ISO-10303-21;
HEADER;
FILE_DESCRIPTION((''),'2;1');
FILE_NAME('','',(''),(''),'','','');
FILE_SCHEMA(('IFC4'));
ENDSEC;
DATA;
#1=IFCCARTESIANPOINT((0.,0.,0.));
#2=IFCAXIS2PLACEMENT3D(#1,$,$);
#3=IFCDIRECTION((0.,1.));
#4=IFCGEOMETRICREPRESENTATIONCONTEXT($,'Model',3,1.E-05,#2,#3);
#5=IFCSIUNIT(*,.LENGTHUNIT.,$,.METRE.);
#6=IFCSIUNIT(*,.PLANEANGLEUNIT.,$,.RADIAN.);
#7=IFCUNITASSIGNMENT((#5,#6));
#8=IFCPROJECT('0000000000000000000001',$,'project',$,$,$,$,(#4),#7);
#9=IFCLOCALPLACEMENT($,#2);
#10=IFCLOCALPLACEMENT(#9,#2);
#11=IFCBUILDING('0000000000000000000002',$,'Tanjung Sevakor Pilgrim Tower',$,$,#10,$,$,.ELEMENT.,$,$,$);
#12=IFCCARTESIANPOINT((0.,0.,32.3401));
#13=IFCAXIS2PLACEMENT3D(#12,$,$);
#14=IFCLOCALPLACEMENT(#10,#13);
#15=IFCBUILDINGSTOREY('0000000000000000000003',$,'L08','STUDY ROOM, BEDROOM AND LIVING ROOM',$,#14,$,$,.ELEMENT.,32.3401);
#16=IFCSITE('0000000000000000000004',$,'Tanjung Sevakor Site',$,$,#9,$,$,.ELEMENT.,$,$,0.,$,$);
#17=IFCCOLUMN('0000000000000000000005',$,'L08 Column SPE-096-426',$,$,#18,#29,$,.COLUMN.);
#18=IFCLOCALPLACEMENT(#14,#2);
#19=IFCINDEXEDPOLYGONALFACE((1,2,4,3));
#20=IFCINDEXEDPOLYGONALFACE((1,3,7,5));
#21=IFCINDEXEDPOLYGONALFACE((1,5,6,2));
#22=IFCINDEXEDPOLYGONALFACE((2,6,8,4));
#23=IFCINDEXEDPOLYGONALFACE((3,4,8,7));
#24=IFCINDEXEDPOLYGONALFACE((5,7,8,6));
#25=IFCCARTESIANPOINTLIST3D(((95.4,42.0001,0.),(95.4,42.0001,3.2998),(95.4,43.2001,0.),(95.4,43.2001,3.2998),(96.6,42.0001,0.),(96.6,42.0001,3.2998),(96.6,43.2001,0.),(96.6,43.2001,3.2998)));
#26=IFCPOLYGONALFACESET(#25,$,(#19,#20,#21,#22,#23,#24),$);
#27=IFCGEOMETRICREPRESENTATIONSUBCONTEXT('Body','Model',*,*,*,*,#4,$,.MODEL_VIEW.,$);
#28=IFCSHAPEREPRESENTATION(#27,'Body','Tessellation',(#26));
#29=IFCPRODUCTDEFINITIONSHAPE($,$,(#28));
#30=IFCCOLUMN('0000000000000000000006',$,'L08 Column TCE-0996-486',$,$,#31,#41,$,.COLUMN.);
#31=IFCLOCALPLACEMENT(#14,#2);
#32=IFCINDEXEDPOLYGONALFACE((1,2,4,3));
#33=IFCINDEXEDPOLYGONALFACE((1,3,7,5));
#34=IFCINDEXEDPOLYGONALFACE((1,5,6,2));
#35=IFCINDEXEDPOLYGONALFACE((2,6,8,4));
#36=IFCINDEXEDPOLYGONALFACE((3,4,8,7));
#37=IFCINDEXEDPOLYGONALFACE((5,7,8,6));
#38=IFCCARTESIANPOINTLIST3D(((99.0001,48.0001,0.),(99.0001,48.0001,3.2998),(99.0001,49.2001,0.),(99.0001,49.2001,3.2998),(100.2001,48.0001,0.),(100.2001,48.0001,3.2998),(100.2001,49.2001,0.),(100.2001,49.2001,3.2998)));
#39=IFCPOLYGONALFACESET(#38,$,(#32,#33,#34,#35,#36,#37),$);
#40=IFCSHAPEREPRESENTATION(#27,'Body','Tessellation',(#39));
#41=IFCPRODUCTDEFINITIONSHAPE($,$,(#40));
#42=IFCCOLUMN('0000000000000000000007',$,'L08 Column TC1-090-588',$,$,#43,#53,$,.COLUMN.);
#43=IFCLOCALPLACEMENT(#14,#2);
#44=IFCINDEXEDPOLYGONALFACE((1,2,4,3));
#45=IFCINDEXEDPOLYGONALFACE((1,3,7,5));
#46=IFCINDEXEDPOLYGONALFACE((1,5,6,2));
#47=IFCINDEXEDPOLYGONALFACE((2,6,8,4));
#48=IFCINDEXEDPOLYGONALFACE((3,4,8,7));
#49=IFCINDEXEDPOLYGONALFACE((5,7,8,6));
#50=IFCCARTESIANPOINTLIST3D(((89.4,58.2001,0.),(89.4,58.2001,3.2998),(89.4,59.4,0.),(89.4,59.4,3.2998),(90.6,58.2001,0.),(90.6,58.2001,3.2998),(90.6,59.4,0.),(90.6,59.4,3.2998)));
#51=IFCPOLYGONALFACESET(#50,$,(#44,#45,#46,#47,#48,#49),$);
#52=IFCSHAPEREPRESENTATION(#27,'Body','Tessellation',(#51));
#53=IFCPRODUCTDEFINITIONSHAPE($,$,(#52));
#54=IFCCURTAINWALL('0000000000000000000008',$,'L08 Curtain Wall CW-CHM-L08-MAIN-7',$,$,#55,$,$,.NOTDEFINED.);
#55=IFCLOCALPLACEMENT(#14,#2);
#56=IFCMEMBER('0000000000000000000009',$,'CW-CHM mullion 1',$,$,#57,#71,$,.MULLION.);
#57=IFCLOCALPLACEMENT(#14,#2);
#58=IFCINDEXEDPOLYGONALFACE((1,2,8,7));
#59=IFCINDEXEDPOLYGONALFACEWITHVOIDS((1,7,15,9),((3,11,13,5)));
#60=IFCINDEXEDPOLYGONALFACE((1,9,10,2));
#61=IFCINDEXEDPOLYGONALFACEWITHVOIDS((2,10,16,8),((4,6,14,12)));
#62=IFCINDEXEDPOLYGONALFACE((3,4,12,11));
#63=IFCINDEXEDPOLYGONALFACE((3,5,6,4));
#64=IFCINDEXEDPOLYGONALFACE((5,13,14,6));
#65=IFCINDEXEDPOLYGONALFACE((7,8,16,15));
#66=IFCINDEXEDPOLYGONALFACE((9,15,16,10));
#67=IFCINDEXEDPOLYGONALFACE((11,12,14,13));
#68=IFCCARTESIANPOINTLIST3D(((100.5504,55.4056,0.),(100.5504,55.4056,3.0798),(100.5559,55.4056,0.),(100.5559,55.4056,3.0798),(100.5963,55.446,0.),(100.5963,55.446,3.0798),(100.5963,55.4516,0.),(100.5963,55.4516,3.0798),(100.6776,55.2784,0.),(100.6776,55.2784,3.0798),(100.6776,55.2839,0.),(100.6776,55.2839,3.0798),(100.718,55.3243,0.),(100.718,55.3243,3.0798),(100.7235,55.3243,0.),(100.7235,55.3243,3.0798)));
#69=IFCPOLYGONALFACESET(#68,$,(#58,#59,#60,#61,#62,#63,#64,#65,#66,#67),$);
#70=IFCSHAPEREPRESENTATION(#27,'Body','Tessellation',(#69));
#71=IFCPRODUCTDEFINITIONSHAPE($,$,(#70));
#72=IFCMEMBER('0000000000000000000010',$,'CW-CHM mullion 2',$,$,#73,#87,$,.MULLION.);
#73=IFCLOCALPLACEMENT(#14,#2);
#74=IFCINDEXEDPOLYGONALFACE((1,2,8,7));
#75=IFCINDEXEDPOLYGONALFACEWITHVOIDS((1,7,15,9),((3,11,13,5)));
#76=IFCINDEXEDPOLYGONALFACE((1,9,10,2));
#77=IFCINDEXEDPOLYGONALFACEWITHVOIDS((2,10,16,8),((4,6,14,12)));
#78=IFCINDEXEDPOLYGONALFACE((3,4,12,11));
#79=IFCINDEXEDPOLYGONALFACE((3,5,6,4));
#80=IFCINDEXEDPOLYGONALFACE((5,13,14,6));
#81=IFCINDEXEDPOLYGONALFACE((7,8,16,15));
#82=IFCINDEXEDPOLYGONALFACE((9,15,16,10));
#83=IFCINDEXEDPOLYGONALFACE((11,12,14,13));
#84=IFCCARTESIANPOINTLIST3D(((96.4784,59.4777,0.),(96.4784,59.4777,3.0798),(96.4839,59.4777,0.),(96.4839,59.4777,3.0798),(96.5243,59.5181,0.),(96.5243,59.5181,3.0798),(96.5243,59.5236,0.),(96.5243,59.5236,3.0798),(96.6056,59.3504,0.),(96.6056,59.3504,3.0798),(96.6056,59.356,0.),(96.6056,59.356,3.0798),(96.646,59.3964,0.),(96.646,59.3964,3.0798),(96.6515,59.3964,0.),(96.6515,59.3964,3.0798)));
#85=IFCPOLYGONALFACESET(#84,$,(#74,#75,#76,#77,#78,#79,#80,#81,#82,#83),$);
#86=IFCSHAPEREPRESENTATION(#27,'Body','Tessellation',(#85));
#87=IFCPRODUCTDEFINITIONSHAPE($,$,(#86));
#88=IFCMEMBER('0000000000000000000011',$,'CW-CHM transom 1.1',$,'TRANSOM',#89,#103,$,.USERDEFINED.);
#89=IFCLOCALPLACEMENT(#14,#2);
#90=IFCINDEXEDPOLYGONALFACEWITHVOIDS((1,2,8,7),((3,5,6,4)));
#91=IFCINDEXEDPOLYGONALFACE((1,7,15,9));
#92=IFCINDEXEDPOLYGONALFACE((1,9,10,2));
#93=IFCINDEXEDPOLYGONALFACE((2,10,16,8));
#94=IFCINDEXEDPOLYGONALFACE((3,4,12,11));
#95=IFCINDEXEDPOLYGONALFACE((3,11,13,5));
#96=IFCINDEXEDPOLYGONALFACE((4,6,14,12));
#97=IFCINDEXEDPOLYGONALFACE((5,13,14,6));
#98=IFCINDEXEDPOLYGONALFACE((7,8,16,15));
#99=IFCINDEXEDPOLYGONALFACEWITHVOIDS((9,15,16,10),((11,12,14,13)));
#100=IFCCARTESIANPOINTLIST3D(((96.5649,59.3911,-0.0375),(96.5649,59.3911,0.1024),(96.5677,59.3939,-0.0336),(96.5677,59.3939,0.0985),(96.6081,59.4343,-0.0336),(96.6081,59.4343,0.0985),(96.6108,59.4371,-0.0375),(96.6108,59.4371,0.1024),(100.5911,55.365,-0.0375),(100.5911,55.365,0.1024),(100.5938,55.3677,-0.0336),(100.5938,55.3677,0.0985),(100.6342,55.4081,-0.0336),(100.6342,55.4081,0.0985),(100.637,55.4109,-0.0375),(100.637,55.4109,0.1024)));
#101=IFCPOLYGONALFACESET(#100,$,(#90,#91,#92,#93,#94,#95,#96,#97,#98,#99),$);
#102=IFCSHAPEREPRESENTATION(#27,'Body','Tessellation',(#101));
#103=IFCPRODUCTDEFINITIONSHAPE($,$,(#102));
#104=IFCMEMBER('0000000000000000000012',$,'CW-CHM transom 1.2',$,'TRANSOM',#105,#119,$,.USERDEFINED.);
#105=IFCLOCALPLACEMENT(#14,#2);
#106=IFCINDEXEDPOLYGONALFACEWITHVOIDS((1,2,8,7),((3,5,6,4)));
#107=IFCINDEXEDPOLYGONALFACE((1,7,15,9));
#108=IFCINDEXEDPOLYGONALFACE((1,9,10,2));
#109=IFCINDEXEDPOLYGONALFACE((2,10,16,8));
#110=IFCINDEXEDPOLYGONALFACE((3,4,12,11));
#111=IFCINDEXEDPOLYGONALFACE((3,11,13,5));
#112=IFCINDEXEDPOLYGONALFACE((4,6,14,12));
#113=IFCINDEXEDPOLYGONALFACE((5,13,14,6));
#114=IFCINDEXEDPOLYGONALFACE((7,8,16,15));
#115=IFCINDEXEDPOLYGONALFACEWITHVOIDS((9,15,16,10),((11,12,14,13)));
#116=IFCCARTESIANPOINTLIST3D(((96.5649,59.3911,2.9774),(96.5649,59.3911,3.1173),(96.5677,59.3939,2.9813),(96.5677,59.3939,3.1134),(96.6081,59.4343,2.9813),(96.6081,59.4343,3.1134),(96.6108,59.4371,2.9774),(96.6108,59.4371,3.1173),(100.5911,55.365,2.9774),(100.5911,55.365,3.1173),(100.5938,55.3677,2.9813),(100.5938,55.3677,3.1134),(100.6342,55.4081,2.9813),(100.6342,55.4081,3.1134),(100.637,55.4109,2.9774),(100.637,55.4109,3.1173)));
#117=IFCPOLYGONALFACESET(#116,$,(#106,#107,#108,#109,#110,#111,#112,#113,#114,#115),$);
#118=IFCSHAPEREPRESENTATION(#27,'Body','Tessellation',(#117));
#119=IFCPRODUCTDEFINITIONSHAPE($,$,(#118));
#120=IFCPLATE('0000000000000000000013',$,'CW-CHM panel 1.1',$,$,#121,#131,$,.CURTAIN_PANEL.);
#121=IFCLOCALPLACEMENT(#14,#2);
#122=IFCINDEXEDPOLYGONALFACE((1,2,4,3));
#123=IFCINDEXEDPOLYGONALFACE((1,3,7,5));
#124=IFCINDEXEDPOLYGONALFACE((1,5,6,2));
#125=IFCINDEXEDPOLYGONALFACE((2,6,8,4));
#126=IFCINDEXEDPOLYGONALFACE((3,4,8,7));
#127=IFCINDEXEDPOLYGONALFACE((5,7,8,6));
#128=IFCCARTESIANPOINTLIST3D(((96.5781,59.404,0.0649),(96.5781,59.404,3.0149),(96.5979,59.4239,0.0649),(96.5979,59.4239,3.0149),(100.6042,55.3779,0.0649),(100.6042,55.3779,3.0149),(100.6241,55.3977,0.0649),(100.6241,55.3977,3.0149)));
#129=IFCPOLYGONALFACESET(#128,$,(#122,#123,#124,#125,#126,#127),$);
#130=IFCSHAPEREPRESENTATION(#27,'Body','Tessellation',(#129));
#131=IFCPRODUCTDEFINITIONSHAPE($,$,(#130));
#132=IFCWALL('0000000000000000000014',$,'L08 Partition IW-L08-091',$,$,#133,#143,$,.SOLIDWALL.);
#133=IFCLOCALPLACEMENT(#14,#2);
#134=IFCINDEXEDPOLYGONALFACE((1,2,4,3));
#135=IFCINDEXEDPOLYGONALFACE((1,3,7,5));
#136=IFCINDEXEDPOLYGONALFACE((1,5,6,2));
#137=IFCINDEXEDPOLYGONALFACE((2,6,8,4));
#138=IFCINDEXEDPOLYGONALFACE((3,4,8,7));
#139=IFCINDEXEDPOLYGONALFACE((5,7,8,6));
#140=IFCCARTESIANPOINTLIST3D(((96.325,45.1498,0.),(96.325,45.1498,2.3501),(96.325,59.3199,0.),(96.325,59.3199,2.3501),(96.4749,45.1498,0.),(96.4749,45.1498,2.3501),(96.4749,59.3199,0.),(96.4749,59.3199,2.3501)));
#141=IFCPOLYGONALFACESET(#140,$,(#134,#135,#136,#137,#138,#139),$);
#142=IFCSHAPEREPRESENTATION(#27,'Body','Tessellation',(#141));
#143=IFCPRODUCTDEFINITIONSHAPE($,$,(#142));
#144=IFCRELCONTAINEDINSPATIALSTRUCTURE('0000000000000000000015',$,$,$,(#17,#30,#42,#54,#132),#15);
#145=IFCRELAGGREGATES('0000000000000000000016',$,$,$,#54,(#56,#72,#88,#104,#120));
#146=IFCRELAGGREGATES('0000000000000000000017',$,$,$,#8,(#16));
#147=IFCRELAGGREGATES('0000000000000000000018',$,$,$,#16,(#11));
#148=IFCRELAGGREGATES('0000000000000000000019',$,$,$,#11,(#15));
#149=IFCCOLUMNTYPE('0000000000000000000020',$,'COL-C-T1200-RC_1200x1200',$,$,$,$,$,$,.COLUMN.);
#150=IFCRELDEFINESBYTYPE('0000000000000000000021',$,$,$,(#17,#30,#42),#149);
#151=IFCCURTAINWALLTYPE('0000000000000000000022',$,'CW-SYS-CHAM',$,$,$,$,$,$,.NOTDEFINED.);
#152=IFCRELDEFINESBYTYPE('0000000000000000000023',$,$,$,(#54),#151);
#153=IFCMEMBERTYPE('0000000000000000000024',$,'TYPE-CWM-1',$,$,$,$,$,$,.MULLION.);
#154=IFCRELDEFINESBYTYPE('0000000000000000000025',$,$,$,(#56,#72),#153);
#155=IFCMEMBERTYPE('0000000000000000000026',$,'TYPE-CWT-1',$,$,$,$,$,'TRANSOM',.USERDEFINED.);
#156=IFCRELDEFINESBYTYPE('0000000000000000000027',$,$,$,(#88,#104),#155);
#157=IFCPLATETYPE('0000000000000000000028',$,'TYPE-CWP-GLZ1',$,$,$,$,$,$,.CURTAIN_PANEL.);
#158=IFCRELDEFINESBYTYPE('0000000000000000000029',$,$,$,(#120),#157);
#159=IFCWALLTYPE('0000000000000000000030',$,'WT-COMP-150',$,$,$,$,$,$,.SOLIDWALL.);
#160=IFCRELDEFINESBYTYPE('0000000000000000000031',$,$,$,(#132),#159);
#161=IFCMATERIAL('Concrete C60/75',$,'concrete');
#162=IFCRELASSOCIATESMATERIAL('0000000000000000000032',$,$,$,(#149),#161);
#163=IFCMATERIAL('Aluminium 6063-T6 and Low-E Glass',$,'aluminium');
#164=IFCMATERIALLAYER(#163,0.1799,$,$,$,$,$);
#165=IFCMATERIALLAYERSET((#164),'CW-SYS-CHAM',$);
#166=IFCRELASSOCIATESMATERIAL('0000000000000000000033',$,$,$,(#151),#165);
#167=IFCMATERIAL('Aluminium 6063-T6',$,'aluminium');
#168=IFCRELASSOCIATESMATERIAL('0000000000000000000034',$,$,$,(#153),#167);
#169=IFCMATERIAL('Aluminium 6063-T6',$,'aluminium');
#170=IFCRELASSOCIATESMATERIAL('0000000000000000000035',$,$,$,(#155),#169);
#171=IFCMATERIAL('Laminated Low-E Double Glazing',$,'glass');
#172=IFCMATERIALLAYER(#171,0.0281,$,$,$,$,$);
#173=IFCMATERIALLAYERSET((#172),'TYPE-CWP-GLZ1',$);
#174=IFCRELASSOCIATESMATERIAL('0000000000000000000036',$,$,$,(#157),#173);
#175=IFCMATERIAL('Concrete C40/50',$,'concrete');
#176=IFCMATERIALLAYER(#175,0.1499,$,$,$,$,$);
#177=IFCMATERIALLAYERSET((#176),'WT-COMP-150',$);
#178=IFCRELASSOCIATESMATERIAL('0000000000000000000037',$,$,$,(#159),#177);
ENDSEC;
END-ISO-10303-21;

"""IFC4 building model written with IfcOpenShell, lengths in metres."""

from ifc_helpers import new_model, si_unit, direction, frame, frame_2d, origin, origin_2d, place, context, subcontext, project, spatial, rectangle, hollow_rectangle, extrude, material, layer, layer_set, material_profile, profile_set, type_object, element, aggregate, save


model = new_model("IFC4")

# Units and contexts
model_context = context("Model", 3, precision=1e-05, world=origin(), true_north=direction((0.0, 1.0)))
body_context = subcontext(model_context, "Body", "Model", "MODEL_VIEW")
ifc_project = project(units=[si_unit("LENGTHUNIT", "METRE"), si_unit("PLANEANGLEUNIT", "RADIAN")], contexts=[model_context])

# Site, building, storey
site_placement = place(None, origin())
site = spatial("IfcSite", under=ifc_project, at=site_placement, Name="Tanjung Sevakor Site", CompositionType="ELEMENT", RefElevation=0.0)
building_placement = place(site_placement, origin())
building = spatial("IfcBuilding", under=site, at=building_placement, Name="Tanjung Sevakor Pilgrim Tower", CompositionType="ELEMENT")
storey_placement = place(building_placement, frame((0.0, 0.0, 32.3401)))
storey = spatial("IfcBuildingStorey", under=building, at=storey_placement, Name="L08", Description="STUDY ROOM, BEDROOM AND LIVING ROOM", CompositionType="ELEMENT", Elevation=32.3401)

# Columns
ifc_material_1 = material(Name="Concrete C60/75", Category="concrete")
ifc_material_profile_1 = material_profile(ifc_material_1, rectangle(XDim=1.2, YDim=1.2, at=origin_2d()))
ifc_profile_set_1 = profile_set([ifc_material_profile_1], Name="Concrete C60/75")
column_type = type_object("IfcColumnType", Name="COL-C-T1200-RC_1200x1200", PredefinedType="COLUMN", material=ifc_profile_set_1)
for number, where, z_axis, x_axis, name in (
    (1, (96.0, 42.6001, 0.0), (0.0, 0.0, 1.0), (1.0, 0.0, 0.0), "L08 Column SPE-096-426"),
    (2, (99.6001, 48.6001, 0.0), (0.0, 0.0, 1.0), (1.0, 0.0, 0.0), "L08 Column TCE-0996-486"),
    (3, (90.0, 58.8, 0.0), (0.0, 0.0, 1.0), (1.0, 0.0, 0.0), "L08 Column TC1-090-588"),
):
    element("IfcColumn", number, at=place(storey_placement, frame(where, z_axis=z_axis, x_axis=x_axis)), inside=storey, type_object=column_type, Name=name, PredefinedType="COLUMN", context=body_context, shape_type="SweptSolid", body=[
        extrude(rectangle(XDim=1.2, YDim=1.2, at=origin_2d()), origin(), (0.0, 0.0, 1.0), 3.2998),
    ])

# Curtain wall, members, plate
ifc_material_2 = material(Name="Aluminium 6063-T6 and Low-E Glass", Category="aluminium")
ifc_layer_1 = layer(ifc_material_2, 0.1799)
ifc_layer_set_1 = layer_set([ifc_layer_1], Name="CW-SYS-CHAM")
curtain_wall_type = type_object("IfcCurtainWallType", Name="CW-SYS-CHAM", PredefinedType="NOTDEFINED", material=ifc_layer_set_1)
curtain_wall_placement = place(storey_placement, origin())
curtain_wall = element("IfcCurtainWall", 4, at=curtain_wall_placement, inside=storey, type_object=curtain_wall_type, Name="L08 Curtain Wall CW-CHM-L08-MAIN-7", PredefinedType="NOTDEFINED")
ifc_material_3 = material(Name="Aluminium 6063-T6", Category="aluminium")
ifc_material_profile_2 = material_profile(ifc_material_3, hollow_rectangle(XDim=0.0649, YDim=0.1799, WallThickness=0.0039, at=origin_2d()))
ifc_profile_set_2 = profile_set([ifc_material_profile_2], Name="Aluminium 6063-T6")
member_type_1 = type_object("IfcMemberType", Name="TYPE-CWM-1", PredefinedType="MULLION", material=ifc_profile_set_2)
member_1_placement = place(storey_placement, frame((100.637, 55.365, 0.0), z_axis=(0.0, 0.0, 1.0), x_axis=(-0.707107, -0.707107, 0.0)))
member_1 = element("IfcMember", 5, at=member_1_placement, type_object=member_type_1, Name="CW-CHM mullion 1", PredefinedType="MULLION", context=body_context, shape_type="SweptSolid", body=[
    extrude(hollow_rectangle(XDim=0.0649, YDim=0.1799, WallThickness=0.0039, at=origin_2d()), origin(), (0.0, 0.0, 1.0), 3.0798),
])
member_2_placement = place(storey_placement, frame((96.5649, 59.437, 0.0), z_axis=(0.0, 0.0, 1.0), x_axis=(-0.707107, -0.707107, 0.0)))
member_2 = element("IfcMember", 6, at=member_2_placement, type_object=member_type_1, Name="CW-CHM mullion 2", PredefinedType="MULLION", context=body_context, shape_type="SweptSolid", body=[
    extrude(hollow_rectangle(XDim=0.0649, YDim=0.1799, WallThickness=0.0039, at=origin_2d()), origin(), (0.0, 0.0, 1.0), 3.0798),
])
ifc_material_4 = material(Name="Aluminium 6063-T6", Category="aluminium")
ifc_material_profile_3 = material_profile(ifc_material_4, hollow_rectangle(XDim=0.0649, YDim=0.1399, WallThickness=0.0039, at=origin_2d()))
ifc_profile_set_3 = profile_set([ifc_material_profile_3], Name="Aluminium 6063-T6")
member_type_2 = type_object("IfcMemberType", Name="TYPE-CWT-1", ElementType="TRANSOM", PredefinedType="USERDEFINED", material=ifc_profile_set_3)
member_3_placement = place(storey_placement, frame((100.614, 55.3879, 0.0325), z_axis=(-0.707107, 0.707107, 0.0), x_axis=(-0.707107, -0.707107, 0.0)))
member_3 = element("IfcMember", 7, at=member_3_placement, type_object=member_type_2, Name="CW-CHM transom 1.1", ObjectType="TRANSOM", PredefinedType="USERDEFINED", context=body_context, shape_type="SweptSolid", body=[
    extrude(hollow_rectangle(XDim=0.0649, YDim=0.1399, WallThickness=0.0039, at=origin_2d()), origin(), (0.0, 0.0, 1.0), 5.6938),
])
member_4_placement = place(storey_placement, frame((100.614, 55.3879, 3.0474), z_axis=(-0.707107, 0.707107, 0.0), x_axis=(-0.707107, -0.707107, 0.0)))
member_4 = element("IfcMember", 8, at=member_4_placement, type_object=member_type_2, Name="CW-CHM transom 1.2", ObjectType="TRANSOM", PredefinedType="USERDEFINED", context=body_context, shape_type="SweptSolid", body=[
    extrude(hollow_rectangle(XDim=0.0649, YDim=0.1399, WallThickness=0.0039, at=origin_2d()), origin(), (0.0, 0.0, 1.0), 5.6938),
])
ifc_material_5 = material(Name="Laminated Low-E Double Glazing", Category="glass")
ifc_layer_2 = layer(ifc_material_5, 0.0281)
ifc_layer_set_2 = layer_set([ifc_layer_2], Name="TYPE-CWP-GLZ1")
plate_type = type_object("IfcPlateType", Name="TYPE-CWP-GLZ1", PredefinedType="CURTAIN_PANEL", material=ifc_layer_set_2)
plate_placement = place(storey_placement, frame((98.6011, 57.4009, 0.0649), z_axis=(0.0, 0.0, 1.0), x_axis=(-0.707107, 0.707107, 0.0)))
plate = element("IfcPlate", 9, at=plate_placement, type_object=plate_type, Name="CW-CHM panel 1.1", PredefinedType="CURTAIN_PANEL", context=body_context, shape_type="SweptSolid", body=[
    extrude(rectangle(XDim=5.6938, YDim=0.0281, at=origin_2d()), origin(), (0.0, 0.0, 1.0), 2.95),
])
aggregate(curtain_wall, [member_1, member_2, member_3, member_4, plate])

# Wall
ifc_material_6 = material(Name="Concrete C40/50", Category="concrete")
ifc_layer_3 = layer(ifc_material_6, 0.1499)
ifc_layer_set_3 = layer_set([ifc_layer_3], Name="WT-COMP-150")
wall_type_1 = type_object("IfcWallType", Name="WT-COMP-150", PredefinedType="SOLIDWALL", material=ifc_layer_set_3)
wall_1_placement = place(storey_placement, frame((96.3999, 45.1499, 0.0), z_axis=(0.0, 0.0, 1.0), x_axis=(0.0, 1.0, 0.0)))
element("IfcWall", 10, at=wall_1_placement, inside=storey, type_object=wall_type_1, Name="L08 Partition IW-L08-091", PredefinedType="SOLIDWALL", context=body_context, shape_type="SweptSolid", body=[
    extrude(rectangle(XDim=14.1702, YDim=0.1499, at=frame_2d((7.085, 0.0))), origin(), (0.0, 0.0, 1.0), 2.3501),
])

save(model, "model.ifc")
